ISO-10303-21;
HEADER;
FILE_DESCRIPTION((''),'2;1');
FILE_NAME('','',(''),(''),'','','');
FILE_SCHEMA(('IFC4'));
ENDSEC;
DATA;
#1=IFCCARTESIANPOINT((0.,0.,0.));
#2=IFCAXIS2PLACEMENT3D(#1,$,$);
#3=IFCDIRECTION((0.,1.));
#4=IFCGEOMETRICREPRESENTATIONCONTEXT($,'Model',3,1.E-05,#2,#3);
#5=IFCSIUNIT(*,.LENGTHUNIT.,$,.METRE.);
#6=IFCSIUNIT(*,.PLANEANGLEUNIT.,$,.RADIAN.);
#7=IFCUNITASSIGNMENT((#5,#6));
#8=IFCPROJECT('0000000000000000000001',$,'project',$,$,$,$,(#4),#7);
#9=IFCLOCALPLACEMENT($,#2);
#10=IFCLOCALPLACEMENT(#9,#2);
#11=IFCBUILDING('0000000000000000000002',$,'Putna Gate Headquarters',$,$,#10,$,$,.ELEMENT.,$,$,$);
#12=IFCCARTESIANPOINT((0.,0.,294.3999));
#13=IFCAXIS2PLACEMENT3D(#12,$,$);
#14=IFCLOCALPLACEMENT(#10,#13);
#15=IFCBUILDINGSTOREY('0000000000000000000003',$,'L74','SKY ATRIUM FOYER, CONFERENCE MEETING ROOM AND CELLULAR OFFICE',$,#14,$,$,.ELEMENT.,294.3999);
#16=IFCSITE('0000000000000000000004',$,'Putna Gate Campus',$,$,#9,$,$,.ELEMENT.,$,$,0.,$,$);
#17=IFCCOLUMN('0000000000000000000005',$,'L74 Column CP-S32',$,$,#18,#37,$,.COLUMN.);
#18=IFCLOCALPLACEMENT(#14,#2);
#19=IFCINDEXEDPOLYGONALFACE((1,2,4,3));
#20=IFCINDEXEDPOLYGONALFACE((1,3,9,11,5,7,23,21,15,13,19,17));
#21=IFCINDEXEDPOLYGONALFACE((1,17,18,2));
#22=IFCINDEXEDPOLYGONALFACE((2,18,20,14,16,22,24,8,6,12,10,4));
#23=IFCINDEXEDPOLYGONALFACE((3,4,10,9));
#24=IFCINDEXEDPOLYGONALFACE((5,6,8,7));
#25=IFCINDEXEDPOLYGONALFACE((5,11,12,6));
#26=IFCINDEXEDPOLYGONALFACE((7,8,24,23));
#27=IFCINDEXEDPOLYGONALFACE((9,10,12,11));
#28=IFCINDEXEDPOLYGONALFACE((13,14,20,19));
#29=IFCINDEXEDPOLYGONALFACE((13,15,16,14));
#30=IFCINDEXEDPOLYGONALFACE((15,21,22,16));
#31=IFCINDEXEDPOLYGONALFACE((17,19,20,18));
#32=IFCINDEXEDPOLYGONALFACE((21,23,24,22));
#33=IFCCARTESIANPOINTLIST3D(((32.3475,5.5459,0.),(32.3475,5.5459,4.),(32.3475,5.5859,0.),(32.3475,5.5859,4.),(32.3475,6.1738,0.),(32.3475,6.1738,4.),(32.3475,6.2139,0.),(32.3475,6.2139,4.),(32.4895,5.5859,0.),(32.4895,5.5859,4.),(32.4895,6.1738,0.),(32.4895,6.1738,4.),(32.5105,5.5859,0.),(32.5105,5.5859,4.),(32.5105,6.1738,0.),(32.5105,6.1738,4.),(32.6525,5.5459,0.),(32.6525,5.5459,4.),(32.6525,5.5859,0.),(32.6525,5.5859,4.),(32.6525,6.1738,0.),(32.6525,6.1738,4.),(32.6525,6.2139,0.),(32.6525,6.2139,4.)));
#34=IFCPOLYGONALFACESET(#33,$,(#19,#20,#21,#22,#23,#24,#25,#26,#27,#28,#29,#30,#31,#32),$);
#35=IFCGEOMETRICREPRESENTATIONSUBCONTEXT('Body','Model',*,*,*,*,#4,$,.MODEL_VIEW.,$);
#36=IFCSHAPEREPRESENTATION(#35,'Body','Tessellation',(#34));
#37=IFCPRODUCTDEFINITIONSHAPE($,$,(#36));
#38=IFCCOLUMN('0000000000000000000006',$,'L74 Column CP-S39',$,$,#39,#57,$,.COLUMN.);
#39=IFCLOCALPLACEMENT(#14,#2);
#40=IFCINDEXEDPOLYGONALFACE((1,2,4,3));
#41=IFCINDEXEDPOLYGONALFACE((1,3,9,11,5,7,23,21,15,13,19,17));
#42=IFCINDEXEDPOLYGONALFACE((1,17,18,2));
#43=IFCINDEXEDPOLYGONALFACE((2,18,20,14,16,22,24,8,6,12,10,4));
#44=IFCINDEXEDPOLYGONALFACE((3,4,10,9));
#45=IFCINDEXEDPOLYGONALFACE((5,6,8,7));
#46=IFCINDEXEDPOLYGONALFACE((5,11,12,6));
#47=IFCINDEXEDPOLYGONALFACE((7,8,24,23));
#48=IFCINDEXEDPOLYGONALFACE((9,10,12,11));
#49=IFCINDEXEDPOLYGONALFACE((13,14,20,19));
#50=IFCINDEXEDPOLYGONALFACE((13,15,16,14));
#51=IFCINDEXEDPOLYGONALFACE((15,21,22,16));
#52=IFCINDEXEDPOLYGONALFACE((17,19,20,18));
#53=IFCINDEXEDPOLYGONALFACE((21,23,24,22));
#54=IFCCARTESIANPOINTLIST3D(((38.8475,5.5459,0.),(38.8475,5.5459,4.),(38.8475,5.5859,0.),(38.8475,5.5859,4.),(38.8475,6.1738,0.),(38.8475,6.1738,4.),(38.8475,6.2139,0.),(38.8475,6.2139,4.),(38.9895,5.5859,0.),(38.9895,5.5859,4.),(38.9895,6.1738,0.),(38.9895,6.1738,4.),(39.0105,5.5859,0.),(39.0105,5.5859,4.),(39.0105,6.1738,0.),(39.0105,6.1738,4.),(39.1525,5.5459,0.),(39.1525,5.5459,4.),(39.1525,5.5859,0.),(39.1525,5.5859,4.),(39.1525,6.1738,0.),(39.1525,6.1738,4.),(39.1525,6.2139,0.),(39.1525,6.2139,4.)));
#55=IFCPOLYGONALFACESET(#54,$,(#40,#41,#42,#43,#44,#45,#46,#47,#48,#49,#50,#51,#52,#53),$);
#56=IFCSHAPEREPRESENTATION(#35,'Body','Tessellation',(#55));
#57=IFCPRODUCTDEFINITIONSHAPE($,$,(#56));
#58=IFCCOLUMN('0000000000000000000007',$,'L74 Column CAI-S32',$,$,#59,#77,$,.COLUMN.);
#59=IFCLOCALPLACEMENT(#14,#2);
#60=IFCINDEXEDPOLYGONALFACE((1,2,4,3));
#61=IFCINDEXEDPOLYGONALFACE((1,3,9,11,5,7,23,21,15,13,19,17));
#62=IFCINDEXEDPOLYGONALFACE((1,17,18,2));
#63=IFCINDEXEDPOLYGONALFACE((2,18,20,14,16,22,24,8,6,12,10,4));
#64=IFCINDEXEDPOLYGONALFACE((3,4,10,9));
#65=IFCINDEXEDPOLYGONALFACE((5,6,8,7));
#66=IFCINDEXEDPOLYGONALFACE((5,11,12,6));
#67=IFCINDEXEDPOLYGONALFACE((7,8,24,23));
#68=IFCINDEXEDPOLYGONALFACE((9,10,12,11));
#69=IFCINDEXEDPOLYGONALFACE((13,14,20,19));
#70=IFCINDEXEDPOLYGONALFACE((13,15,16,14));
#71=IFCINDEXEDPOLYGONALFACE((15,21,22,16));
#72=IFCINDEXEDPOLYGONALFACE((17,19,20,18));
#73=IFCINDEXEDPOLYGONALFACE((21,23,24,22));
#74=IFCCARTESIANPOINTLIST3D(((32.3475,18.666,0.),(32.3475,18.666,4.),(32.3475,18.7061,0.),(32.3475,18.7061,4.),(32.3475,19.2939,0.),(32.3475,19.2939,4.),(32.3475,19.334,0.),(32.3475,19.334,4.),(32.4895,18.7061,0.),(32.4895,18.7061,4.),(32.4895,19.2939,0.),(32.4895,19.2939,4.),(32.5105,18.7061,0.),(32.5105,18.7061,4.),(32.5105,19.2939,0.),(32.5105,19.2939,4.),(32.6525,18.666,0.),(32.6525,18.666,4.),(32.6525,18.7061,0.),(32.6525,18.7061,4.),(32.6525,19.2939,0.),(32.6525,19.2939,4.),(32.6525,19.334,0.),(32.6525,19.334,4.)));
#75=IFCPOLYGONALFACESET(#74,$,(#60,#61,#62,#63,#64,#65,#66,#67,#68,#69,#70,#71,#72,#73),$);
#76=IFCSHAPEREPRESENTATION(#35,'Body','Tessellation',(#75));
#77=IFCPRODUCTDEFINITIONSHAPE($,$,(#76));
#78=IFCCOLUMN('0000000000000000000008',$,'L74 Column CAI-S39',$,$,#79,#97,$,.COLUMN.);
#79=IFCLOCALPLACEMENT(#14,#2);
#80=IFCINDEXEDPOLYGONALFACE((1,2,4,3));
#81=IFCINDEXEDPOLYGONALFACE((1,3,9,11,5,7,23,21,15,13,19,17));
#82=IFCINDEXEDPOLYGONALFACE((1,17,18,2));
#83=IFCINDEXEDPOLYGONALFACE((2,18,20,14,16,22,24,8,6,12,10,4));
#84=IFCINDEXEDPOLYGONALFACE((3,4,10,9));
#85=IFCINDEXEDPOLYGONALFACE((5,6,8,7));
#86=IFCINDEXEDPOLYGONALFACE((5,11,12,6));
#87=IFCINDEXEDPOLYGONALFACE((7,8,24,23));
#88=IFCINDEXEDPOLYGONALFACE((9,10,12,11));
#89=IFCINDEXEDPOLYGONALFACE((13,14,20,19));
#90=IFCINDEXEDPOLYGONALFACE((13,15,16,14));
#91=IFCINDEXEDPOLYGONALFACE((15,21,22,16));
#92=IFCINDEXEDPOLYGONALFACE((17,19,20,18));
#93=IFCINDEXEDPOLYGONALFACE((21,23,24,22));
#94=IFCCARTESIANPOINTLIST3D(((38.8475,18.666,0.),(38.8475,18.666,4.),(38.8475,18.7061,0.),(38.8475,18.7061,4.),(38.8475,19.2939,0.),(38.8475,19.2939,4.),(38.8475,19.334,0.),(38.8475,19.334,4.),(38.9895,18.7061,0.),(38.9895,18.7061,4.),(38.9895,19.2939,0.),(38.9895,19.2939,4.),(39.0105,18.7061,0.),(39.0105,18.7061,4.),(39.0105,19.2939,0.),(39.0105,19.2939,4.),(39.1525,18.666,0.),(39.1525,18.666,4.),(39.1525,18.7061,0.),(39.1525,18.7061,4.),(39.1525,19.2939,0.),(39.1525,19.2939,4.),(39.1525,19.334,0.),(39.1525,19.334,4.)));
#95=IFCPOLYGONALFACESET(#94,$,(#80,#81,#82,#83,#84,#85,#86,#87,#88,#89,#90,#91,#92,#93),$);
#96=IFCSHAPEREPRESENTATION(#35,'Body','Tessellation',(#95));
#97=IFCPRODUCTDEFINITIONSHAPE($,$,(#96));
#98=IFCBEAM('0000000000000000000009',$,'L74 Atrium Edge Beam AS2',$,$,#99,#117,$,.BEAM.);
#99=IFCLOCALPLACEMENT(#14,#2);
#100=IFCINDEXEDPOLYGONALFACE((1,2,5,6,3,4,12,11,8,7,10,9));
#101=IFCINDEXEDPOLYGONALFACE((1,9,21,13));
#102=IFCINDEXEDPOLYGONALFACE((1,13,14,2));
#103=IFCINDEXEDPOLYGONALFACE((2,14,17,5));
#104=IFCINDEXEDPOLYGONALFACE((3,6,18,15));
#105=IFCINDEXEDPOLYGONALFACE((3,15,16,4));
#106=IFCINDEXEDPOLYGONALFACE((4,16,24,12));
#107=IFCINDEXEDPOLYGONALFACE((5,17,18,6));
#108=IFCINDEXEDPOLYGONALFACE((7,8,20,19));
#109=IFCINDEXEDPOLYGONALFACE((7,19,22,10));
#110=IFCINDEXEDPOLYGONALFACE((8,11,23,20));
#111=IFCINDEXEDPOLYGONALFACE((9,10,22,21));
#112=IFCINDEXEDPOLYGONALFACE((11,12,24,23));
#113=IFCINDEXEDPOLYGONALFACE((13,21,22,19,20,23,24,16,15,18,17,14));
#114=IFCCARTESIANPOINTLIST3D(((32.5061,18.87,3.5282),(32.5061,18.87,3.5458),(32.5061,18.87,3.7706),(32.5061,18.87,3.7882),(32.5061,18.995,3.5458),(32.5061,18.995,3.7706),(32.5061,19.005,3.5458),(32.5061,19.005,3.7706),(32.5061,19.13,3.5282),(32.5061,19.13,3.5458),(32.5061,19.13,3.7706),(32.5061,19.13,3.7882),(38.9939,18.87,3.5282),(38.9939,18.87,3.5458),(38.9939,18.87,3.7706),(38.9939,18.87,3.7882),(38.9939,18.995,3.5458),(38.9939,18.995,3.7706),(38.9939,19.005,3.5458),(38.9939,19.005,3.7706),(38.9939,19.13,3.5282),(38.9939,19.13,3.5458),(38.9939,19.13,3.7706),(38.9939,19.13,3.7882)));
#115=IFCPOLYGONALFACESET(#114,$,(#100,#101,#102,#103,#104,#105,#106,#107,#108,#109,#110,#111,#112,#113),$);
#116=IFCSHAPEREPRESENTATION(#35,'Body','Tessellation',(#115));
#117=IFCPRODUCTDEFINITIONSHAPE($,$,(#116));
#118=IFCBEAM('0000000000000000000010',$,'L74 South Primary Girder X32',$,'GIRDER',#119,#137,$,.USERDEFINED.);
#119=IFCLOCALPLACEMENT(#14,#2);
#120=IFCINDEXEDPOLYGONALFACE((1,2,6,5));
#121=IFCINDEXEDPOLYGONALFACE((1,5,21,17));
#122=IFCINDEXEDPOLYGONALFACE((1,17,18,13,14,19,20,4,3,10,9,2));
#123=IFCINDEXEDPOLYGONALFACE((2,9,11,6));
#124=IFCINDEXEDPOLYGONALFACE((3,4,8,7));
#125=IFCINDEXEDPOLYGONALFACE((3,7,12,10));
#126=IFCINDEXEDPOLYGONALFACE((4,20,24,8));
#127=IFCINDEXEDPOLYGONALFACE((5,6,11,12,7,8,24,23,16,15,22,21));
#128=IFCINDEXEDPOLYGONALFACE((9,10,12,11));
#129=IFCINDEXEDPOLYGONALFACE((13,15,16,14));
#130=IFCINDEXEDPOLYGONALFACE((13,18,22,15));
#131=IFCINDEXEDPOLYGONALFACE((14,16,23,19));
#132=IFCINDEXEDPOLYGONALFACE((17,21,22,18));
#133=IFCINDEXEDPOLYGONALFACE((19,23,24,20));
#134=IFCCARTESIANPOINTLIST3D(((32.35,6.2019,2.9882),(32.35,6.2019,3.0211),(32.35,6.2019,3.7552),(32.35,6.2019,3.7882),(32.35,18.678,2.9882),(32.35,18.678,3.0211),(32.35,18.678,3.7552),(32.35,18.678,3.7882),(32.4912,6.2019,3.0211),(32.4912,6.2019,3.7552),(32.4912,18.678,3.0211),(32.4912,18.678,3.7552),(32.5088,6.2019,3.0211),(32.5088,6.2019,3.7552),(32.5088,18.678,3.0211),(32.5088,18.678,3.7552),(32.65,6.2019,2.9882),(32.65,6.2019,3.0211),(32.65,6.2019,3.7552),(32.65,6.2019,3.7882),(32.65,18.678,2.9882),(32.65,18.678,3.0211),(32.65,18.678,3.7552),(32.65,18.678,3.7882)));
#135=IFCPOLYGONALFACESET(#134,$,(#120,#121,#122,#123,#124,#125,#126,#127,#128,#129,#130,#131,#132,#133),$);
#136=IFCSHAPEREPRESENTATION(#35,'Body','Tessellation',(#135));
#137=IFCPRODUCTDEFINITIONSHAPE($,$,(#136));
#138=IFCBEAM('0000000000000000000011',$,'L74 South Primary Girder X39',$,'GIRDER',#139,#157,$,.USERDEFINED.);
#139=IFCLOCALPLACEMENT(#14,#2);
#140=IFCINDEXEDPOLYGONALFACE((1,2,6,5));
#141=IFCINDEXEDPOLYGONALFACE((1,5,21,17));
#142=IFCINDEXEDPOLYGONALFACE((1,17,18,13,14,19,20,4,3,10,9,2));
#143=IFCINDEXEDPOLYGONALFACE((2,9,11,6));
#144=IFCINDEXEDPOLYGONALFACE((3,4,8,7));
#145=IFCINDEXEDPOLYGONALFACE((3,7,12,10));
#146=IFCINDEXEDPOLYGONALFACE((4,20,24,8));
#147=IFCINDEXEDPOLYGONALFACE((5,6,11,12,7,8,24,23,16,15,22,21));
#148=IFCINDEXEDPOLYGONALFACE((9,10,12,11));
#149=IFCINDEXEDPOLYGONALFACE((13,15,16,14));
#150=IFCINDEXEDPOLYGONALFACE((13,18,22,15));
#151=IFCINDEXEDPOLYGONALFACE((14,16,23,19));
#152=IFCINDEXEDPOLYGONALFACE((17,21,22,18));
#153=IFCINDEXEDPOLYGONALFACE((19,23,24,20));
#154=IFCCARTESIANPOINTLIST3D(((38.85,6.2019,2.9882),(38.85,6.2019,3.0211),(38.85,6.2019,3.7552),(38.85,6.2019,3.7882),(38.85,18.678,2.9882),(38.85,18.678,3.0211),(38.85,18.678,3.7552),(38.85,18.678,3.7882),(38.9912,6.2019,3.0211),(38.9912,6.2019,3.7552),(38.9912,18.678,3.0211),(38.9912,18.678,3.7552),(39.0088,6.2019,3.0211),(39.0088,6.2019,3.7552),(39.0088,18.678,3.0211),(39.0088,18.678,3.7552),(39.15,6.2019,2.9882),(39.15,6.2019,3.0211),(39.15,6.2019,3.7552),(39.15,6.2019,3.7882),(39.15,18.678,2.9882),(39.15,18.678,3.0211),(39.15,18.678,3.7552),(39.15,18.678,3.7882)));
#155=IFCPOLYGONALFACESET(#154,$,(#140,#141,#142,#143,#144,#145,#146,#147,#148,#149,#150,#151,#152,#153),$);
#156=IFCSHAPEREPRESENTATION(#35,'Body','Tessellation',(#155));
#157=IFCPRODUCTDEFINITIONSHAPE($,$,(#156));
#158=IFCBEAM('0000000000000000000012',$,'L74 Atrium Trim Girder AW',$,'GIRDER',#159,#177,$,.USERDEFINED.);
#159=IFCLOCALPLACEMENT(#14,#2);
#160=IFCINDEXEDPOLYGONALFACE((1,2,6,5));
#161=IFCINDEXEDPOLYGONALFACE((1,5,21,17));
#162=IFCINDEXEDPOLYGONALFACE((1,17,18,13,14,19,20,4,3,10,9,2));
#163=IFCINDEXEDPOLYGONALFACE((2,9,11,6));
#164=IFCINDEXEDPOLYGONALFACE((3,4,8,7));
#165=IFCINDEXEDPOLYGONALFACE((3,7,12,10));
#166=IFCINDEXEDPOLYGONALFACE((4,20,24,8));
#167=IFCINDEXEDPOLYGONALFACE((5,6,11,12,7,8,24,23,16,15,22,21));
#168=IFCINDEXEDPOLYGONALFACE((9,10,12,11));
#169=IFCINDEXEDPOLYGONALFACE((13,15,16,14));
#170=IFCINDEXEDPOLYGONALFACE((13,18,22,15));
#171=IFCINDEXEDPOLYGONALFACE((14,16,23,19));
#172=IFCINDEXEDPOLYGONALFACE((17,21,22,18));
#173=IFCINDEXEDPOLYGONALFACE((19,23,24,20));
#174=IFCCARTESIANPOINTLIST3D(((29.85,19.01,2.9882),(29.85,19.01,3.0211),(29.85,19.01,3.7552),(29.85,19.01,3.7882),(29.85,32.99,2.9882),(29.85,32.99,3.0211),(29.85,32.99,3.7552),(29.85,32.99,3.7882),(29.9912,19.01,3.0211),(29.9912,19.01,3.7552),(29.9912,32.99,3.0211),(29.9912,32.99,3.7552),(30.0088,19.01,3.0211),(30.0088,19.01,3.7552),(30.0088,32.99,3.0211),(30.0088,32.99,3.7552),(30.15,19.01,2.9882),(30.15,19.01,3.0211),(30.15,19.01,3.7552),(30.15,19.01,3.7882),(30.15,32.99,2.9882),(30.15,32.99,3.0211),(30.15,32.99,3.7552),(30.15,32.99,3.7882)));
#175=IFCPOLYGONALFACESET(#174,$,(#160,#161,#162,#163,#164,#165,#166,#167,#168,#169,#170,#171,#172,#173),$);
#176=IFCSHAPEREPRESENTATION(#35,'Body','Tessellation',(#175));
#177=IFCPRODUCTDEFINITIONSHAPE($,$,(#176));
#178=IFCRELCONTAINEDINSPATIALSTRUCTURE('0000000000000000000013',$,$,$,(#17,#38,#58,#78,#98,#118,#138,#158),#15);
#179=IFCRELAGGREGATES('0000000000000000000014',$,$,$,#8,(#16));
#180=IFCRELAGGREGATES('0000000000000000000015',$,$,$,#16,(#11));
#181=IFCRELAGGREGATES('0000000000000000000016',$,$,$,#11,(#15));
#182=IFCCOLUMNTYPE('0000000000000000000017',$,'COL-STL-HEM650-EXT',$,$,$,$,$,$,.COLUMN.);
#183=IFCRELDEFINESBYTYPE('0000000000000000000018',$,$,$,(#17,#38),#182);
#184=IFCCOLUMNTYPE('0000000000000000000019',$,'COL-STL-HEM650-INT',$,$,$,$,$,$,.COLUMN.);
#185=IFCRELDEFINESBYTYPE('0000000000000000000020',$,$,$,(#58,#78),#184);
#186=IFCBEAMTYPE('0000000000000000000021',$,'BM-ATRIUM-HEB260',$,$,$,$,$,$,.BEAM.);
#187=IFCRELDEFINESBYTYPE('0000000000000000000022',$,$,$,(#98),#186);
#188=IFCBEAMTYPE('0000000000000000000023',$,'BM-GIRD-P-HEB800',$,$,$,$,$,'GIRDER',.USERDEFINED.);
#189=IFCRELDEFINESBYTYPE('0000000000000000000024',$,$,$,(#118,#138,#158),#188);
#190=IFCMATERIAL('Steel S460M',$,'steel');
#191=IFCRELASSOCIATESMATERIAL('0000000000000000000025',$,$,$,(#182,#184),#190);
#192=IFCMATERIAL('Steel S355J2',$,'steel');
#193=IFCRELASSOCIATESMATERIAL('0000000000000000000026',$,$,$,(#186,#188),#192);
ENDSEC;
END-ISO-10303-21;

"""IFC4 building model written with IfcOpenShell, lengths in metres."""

from ifc_helpers import new_model, si_unit, direction, frame, origin, origin_2d, place, context, subcontext, project, spatial, i_section, extrude, material, material_profile, profile_set, type_object, element, save


model = new_model("IFC4")

# Units and contexts
model_context = context("Model", 3, precision=1e-05, world=origin(), true_north=direction((0.0, 1.0)))
body_context = subcontext(model_context, "Body", "Model", "MODEL_VIEW")
ifc_project = project(units=[si_unit("LENGTHUNIT", "METRE"), si_unit("PLANEANGLEUNIT", "RADIAN")], contexts=[model_context])

# Site, building, storey
site_placement = place(None, origin())
site = spatial("IfcSite", under=ifc_project, at=site_placement, Name="Putna Gate Campus", CompositionType="ELEMENT", RefElevation=0.0)
building_placement = place(site_placement, origin())
building = spatial("IfcBuilding", under=site, at=building_placement, Name="Putna Gate Headquarters", CompositionType="ELEMENT")
storey_placement = place(building_placement, frame((0.0, 0.0, 294.3999)))
storey = spatial("IfcBuildingStorey", under=building, at=storey_placement, Name="L74", Description="SKY ATRIUM FOYER, CONFERENCE MEETING ROOM AND CELLULAR OFFICE", CompositionType="ELEMENT", Elevation=294.3999)

# Columns
ifc_material_1 = material(Name="Steel S460M", Category="steel")
ifc_material_profile_1 = material_profile(ifc_material_1, i_section(OverallWidth=0.3049, OverallDepth=0.668, WebThickness=0.021, FlangeThickness=0.04, at=origin_2d()), Name="Steel S460M")
ifc_profile_set_1 = profile_set([ifc_material_profile_1], Name="Steel S460M")
column_type_1 = type_object("IfcColumnType", Name="COL-STL-HEM650-EXT", PredefinedType="COLUMN", material=ifc_profile_set_1)
for number, where, z_axis, x_axis, name in (
    (1, (32.5, 5.8799, 0.0), (0.0, 0.0, 1.0), (1.0, 0.0, 0.0), "L74 Column CP-S32"),
    (2, (39.0, 5.8799, 0.0), (0.0, 0.0, 1.0), (1.0, 0.0, 0.0), "L74 Column CP-S39"),
):
    element("IfcColumn", number, at=place(storey_placement, frame(where, z_axis=z_axis, x_axis=x_axis)), inside=storey, type_object=column_type_1, Name=name, PredefinedType="COLUMN", context=body_context, shape_type="SweptSolid", body=[
        extrude(i_section(OverallWidth=0.3049, OverallDepth=0.668, WebThickness=0.021, FlangeThickness=0.04, at=origin_2d()), origin(), (0.0, 0.0, 1.0), 4.0),
    ])
ifc_material_profile_2 = material_profile(ifc_material_1, i_section(OverallWidth=0.3049, OverallDepth=0.668, WebThickness=0.021, FlangeThickness=0.04, at=origin_2d()), Name="Steel S460M")
ifc_profile_set_2 = profile_set([ifc_material_profile_2], Name="Steel S460M")
column_type_2 = type_object("IfcColumnType", Name="COL-STL-HEM650-INT", PredefinedType="COLUMN", material=ifc_profile_set_2)
for number, where, z_axis, x_axis, name in (
    (3, (32.5, 19.0, 0.0), (0.0, 0.0, 1.0), (1.0, 0.0, 0.0), "L74 Column CAI-S32"),
    (4, (39.0, 19.0, 0.0), (0.0, 0.0, 1.0), (1.0, 0.0, 0.0), "L74 Column CAI-S39"),
):
    element("IfcColumn", number, at=place(storey_placement, frame(where, z_axis=z_axis, x_axis=x_axis)), inside=storey, type_object=column_type_2, Name=name, PredefinedType="COLUMN", context=body_context, shape_type="SweptSolid", body=[
        extrude(i_section(OverallWidth=0.3049, OverallDepth=0.668, WebThickness=0.021, FlangeThickness=0.04, at=origin_2d()), origin(), (0.0, 0.0, 1.0), 4.0),
    ])

# Beams
ifc_material_2 = material(Name="Steel S355J2", Category="steel")
ifc_material_profile_3 = material_profile(ifc_material_2, i_section(OverallWidth=0.26, OverallDepth=0.26, WebThickness=0.01, FlangeThickness=0.0176, at=origin_2d()), Name="Steel S355J2")
ifc_profile_set_3 = profile_set([ifc_material_profile_3], Name="Steel S355J2")
beam_type_1 = type_object("IfcBeamType", Name="BM-ATRIUM-HEB260", PredefinedType="BEAM", material=ifc_profile_set_3)
beam_1_placement = place(storey_placement, frame((32.5061, 19.0, 3.6582), z_axis=(1.0, 0.0, 0.0), x_axis=(0.0, 1.0, 0.0)))
element("IfcBeam", 5, at=beam_1_placement, inside=storey, type_object=beam_type_1, Name="L74 Atrium Edge Beam AS2", PredefinedType="BEAM", context=body_context, shape_type="SweptSolid", body=[
    extrude(i_section(OverallWidth=0.26, OverallDepth=0.26, WebThickness=0.01, FlangeThickness=0.0176, at=origin_2d()), origin(), (0.0, 0.0, 1.0), 6.4878),
])
ifc_material_profile_4 = material_profile(ifc_material_2, i_section(OverallWidth=0.3, OverallDepth=0.8, WebThickness=0.0176, FlangeThickness=0.033, at=origin_2d()), Name="Steel S355J2")
ifc_profile_set_4 = profile_set([ifc_material_profile_4], Name="Steel S355J2")
beam_type_2 = type_object("IfcBeamType", Name="BM-GIRD-P-HEB800", ElementType="GIRDER", PredefinedType="USERDEFINED", material=ifc_profile_set_4)
for number, where, z_axis, x_axis, name in (
    (6, (32.5, 6.2019, 3.3882), (0.0, 1.0, 0.0), (-1.0, 0.0, 0.0), "L74 South Primary Girder X32"),
    (7, (39.0, 6.2019, 3.3882), (0.0, 1.0, 0.0), (-1.0, 0.0, 0.0), "L74 South Primary Girder X39"),
):
    element("IfcBeam", number, at=place(storey_placement, frame(where, z_axis=z_axis, x_axis=x_axis)), inside=storey, type_object=beam_type_2, Name=name, ObjectType="GIRDER", PredefinedType="USERDEFINED", context=body_context, shape_type="SweptSolid", body=[
        extrude(i_section(OverallWidth=0.3, OverallDepth=0.8, WebThickness=0.0176, FlangeThickness=0.033, at=origin_2d()), origin(), (0.0, 0.0, 1.0), 12.4761),
    ])
beam_2_placement = place(storey_placement, frame((30.0, 19.01, 3.3882), z_axis=(0.0, 1.0, 0.0), x_axis=(-1.0, 0.0, 0.0)))
element("IfcBeam", 8, at=beam_2_placement, inside=storey, type_object=beam_type_2, Name="L74 Atrium Trim Girder AW", ObjectType="GIRDER", PredefinedType="USERDEFINED", context=body_context, shape_type="SweptSolid", body=[
    extrude(i_section(OverallWidth=0.3, OverallDepth=0.8, WebThickness=0.0176, FlangeThickness=0.033, at=origin_2d()), origin(), (0.0, 0.0, 1.0), 13.98),
])

save(model, "model.ifc")
